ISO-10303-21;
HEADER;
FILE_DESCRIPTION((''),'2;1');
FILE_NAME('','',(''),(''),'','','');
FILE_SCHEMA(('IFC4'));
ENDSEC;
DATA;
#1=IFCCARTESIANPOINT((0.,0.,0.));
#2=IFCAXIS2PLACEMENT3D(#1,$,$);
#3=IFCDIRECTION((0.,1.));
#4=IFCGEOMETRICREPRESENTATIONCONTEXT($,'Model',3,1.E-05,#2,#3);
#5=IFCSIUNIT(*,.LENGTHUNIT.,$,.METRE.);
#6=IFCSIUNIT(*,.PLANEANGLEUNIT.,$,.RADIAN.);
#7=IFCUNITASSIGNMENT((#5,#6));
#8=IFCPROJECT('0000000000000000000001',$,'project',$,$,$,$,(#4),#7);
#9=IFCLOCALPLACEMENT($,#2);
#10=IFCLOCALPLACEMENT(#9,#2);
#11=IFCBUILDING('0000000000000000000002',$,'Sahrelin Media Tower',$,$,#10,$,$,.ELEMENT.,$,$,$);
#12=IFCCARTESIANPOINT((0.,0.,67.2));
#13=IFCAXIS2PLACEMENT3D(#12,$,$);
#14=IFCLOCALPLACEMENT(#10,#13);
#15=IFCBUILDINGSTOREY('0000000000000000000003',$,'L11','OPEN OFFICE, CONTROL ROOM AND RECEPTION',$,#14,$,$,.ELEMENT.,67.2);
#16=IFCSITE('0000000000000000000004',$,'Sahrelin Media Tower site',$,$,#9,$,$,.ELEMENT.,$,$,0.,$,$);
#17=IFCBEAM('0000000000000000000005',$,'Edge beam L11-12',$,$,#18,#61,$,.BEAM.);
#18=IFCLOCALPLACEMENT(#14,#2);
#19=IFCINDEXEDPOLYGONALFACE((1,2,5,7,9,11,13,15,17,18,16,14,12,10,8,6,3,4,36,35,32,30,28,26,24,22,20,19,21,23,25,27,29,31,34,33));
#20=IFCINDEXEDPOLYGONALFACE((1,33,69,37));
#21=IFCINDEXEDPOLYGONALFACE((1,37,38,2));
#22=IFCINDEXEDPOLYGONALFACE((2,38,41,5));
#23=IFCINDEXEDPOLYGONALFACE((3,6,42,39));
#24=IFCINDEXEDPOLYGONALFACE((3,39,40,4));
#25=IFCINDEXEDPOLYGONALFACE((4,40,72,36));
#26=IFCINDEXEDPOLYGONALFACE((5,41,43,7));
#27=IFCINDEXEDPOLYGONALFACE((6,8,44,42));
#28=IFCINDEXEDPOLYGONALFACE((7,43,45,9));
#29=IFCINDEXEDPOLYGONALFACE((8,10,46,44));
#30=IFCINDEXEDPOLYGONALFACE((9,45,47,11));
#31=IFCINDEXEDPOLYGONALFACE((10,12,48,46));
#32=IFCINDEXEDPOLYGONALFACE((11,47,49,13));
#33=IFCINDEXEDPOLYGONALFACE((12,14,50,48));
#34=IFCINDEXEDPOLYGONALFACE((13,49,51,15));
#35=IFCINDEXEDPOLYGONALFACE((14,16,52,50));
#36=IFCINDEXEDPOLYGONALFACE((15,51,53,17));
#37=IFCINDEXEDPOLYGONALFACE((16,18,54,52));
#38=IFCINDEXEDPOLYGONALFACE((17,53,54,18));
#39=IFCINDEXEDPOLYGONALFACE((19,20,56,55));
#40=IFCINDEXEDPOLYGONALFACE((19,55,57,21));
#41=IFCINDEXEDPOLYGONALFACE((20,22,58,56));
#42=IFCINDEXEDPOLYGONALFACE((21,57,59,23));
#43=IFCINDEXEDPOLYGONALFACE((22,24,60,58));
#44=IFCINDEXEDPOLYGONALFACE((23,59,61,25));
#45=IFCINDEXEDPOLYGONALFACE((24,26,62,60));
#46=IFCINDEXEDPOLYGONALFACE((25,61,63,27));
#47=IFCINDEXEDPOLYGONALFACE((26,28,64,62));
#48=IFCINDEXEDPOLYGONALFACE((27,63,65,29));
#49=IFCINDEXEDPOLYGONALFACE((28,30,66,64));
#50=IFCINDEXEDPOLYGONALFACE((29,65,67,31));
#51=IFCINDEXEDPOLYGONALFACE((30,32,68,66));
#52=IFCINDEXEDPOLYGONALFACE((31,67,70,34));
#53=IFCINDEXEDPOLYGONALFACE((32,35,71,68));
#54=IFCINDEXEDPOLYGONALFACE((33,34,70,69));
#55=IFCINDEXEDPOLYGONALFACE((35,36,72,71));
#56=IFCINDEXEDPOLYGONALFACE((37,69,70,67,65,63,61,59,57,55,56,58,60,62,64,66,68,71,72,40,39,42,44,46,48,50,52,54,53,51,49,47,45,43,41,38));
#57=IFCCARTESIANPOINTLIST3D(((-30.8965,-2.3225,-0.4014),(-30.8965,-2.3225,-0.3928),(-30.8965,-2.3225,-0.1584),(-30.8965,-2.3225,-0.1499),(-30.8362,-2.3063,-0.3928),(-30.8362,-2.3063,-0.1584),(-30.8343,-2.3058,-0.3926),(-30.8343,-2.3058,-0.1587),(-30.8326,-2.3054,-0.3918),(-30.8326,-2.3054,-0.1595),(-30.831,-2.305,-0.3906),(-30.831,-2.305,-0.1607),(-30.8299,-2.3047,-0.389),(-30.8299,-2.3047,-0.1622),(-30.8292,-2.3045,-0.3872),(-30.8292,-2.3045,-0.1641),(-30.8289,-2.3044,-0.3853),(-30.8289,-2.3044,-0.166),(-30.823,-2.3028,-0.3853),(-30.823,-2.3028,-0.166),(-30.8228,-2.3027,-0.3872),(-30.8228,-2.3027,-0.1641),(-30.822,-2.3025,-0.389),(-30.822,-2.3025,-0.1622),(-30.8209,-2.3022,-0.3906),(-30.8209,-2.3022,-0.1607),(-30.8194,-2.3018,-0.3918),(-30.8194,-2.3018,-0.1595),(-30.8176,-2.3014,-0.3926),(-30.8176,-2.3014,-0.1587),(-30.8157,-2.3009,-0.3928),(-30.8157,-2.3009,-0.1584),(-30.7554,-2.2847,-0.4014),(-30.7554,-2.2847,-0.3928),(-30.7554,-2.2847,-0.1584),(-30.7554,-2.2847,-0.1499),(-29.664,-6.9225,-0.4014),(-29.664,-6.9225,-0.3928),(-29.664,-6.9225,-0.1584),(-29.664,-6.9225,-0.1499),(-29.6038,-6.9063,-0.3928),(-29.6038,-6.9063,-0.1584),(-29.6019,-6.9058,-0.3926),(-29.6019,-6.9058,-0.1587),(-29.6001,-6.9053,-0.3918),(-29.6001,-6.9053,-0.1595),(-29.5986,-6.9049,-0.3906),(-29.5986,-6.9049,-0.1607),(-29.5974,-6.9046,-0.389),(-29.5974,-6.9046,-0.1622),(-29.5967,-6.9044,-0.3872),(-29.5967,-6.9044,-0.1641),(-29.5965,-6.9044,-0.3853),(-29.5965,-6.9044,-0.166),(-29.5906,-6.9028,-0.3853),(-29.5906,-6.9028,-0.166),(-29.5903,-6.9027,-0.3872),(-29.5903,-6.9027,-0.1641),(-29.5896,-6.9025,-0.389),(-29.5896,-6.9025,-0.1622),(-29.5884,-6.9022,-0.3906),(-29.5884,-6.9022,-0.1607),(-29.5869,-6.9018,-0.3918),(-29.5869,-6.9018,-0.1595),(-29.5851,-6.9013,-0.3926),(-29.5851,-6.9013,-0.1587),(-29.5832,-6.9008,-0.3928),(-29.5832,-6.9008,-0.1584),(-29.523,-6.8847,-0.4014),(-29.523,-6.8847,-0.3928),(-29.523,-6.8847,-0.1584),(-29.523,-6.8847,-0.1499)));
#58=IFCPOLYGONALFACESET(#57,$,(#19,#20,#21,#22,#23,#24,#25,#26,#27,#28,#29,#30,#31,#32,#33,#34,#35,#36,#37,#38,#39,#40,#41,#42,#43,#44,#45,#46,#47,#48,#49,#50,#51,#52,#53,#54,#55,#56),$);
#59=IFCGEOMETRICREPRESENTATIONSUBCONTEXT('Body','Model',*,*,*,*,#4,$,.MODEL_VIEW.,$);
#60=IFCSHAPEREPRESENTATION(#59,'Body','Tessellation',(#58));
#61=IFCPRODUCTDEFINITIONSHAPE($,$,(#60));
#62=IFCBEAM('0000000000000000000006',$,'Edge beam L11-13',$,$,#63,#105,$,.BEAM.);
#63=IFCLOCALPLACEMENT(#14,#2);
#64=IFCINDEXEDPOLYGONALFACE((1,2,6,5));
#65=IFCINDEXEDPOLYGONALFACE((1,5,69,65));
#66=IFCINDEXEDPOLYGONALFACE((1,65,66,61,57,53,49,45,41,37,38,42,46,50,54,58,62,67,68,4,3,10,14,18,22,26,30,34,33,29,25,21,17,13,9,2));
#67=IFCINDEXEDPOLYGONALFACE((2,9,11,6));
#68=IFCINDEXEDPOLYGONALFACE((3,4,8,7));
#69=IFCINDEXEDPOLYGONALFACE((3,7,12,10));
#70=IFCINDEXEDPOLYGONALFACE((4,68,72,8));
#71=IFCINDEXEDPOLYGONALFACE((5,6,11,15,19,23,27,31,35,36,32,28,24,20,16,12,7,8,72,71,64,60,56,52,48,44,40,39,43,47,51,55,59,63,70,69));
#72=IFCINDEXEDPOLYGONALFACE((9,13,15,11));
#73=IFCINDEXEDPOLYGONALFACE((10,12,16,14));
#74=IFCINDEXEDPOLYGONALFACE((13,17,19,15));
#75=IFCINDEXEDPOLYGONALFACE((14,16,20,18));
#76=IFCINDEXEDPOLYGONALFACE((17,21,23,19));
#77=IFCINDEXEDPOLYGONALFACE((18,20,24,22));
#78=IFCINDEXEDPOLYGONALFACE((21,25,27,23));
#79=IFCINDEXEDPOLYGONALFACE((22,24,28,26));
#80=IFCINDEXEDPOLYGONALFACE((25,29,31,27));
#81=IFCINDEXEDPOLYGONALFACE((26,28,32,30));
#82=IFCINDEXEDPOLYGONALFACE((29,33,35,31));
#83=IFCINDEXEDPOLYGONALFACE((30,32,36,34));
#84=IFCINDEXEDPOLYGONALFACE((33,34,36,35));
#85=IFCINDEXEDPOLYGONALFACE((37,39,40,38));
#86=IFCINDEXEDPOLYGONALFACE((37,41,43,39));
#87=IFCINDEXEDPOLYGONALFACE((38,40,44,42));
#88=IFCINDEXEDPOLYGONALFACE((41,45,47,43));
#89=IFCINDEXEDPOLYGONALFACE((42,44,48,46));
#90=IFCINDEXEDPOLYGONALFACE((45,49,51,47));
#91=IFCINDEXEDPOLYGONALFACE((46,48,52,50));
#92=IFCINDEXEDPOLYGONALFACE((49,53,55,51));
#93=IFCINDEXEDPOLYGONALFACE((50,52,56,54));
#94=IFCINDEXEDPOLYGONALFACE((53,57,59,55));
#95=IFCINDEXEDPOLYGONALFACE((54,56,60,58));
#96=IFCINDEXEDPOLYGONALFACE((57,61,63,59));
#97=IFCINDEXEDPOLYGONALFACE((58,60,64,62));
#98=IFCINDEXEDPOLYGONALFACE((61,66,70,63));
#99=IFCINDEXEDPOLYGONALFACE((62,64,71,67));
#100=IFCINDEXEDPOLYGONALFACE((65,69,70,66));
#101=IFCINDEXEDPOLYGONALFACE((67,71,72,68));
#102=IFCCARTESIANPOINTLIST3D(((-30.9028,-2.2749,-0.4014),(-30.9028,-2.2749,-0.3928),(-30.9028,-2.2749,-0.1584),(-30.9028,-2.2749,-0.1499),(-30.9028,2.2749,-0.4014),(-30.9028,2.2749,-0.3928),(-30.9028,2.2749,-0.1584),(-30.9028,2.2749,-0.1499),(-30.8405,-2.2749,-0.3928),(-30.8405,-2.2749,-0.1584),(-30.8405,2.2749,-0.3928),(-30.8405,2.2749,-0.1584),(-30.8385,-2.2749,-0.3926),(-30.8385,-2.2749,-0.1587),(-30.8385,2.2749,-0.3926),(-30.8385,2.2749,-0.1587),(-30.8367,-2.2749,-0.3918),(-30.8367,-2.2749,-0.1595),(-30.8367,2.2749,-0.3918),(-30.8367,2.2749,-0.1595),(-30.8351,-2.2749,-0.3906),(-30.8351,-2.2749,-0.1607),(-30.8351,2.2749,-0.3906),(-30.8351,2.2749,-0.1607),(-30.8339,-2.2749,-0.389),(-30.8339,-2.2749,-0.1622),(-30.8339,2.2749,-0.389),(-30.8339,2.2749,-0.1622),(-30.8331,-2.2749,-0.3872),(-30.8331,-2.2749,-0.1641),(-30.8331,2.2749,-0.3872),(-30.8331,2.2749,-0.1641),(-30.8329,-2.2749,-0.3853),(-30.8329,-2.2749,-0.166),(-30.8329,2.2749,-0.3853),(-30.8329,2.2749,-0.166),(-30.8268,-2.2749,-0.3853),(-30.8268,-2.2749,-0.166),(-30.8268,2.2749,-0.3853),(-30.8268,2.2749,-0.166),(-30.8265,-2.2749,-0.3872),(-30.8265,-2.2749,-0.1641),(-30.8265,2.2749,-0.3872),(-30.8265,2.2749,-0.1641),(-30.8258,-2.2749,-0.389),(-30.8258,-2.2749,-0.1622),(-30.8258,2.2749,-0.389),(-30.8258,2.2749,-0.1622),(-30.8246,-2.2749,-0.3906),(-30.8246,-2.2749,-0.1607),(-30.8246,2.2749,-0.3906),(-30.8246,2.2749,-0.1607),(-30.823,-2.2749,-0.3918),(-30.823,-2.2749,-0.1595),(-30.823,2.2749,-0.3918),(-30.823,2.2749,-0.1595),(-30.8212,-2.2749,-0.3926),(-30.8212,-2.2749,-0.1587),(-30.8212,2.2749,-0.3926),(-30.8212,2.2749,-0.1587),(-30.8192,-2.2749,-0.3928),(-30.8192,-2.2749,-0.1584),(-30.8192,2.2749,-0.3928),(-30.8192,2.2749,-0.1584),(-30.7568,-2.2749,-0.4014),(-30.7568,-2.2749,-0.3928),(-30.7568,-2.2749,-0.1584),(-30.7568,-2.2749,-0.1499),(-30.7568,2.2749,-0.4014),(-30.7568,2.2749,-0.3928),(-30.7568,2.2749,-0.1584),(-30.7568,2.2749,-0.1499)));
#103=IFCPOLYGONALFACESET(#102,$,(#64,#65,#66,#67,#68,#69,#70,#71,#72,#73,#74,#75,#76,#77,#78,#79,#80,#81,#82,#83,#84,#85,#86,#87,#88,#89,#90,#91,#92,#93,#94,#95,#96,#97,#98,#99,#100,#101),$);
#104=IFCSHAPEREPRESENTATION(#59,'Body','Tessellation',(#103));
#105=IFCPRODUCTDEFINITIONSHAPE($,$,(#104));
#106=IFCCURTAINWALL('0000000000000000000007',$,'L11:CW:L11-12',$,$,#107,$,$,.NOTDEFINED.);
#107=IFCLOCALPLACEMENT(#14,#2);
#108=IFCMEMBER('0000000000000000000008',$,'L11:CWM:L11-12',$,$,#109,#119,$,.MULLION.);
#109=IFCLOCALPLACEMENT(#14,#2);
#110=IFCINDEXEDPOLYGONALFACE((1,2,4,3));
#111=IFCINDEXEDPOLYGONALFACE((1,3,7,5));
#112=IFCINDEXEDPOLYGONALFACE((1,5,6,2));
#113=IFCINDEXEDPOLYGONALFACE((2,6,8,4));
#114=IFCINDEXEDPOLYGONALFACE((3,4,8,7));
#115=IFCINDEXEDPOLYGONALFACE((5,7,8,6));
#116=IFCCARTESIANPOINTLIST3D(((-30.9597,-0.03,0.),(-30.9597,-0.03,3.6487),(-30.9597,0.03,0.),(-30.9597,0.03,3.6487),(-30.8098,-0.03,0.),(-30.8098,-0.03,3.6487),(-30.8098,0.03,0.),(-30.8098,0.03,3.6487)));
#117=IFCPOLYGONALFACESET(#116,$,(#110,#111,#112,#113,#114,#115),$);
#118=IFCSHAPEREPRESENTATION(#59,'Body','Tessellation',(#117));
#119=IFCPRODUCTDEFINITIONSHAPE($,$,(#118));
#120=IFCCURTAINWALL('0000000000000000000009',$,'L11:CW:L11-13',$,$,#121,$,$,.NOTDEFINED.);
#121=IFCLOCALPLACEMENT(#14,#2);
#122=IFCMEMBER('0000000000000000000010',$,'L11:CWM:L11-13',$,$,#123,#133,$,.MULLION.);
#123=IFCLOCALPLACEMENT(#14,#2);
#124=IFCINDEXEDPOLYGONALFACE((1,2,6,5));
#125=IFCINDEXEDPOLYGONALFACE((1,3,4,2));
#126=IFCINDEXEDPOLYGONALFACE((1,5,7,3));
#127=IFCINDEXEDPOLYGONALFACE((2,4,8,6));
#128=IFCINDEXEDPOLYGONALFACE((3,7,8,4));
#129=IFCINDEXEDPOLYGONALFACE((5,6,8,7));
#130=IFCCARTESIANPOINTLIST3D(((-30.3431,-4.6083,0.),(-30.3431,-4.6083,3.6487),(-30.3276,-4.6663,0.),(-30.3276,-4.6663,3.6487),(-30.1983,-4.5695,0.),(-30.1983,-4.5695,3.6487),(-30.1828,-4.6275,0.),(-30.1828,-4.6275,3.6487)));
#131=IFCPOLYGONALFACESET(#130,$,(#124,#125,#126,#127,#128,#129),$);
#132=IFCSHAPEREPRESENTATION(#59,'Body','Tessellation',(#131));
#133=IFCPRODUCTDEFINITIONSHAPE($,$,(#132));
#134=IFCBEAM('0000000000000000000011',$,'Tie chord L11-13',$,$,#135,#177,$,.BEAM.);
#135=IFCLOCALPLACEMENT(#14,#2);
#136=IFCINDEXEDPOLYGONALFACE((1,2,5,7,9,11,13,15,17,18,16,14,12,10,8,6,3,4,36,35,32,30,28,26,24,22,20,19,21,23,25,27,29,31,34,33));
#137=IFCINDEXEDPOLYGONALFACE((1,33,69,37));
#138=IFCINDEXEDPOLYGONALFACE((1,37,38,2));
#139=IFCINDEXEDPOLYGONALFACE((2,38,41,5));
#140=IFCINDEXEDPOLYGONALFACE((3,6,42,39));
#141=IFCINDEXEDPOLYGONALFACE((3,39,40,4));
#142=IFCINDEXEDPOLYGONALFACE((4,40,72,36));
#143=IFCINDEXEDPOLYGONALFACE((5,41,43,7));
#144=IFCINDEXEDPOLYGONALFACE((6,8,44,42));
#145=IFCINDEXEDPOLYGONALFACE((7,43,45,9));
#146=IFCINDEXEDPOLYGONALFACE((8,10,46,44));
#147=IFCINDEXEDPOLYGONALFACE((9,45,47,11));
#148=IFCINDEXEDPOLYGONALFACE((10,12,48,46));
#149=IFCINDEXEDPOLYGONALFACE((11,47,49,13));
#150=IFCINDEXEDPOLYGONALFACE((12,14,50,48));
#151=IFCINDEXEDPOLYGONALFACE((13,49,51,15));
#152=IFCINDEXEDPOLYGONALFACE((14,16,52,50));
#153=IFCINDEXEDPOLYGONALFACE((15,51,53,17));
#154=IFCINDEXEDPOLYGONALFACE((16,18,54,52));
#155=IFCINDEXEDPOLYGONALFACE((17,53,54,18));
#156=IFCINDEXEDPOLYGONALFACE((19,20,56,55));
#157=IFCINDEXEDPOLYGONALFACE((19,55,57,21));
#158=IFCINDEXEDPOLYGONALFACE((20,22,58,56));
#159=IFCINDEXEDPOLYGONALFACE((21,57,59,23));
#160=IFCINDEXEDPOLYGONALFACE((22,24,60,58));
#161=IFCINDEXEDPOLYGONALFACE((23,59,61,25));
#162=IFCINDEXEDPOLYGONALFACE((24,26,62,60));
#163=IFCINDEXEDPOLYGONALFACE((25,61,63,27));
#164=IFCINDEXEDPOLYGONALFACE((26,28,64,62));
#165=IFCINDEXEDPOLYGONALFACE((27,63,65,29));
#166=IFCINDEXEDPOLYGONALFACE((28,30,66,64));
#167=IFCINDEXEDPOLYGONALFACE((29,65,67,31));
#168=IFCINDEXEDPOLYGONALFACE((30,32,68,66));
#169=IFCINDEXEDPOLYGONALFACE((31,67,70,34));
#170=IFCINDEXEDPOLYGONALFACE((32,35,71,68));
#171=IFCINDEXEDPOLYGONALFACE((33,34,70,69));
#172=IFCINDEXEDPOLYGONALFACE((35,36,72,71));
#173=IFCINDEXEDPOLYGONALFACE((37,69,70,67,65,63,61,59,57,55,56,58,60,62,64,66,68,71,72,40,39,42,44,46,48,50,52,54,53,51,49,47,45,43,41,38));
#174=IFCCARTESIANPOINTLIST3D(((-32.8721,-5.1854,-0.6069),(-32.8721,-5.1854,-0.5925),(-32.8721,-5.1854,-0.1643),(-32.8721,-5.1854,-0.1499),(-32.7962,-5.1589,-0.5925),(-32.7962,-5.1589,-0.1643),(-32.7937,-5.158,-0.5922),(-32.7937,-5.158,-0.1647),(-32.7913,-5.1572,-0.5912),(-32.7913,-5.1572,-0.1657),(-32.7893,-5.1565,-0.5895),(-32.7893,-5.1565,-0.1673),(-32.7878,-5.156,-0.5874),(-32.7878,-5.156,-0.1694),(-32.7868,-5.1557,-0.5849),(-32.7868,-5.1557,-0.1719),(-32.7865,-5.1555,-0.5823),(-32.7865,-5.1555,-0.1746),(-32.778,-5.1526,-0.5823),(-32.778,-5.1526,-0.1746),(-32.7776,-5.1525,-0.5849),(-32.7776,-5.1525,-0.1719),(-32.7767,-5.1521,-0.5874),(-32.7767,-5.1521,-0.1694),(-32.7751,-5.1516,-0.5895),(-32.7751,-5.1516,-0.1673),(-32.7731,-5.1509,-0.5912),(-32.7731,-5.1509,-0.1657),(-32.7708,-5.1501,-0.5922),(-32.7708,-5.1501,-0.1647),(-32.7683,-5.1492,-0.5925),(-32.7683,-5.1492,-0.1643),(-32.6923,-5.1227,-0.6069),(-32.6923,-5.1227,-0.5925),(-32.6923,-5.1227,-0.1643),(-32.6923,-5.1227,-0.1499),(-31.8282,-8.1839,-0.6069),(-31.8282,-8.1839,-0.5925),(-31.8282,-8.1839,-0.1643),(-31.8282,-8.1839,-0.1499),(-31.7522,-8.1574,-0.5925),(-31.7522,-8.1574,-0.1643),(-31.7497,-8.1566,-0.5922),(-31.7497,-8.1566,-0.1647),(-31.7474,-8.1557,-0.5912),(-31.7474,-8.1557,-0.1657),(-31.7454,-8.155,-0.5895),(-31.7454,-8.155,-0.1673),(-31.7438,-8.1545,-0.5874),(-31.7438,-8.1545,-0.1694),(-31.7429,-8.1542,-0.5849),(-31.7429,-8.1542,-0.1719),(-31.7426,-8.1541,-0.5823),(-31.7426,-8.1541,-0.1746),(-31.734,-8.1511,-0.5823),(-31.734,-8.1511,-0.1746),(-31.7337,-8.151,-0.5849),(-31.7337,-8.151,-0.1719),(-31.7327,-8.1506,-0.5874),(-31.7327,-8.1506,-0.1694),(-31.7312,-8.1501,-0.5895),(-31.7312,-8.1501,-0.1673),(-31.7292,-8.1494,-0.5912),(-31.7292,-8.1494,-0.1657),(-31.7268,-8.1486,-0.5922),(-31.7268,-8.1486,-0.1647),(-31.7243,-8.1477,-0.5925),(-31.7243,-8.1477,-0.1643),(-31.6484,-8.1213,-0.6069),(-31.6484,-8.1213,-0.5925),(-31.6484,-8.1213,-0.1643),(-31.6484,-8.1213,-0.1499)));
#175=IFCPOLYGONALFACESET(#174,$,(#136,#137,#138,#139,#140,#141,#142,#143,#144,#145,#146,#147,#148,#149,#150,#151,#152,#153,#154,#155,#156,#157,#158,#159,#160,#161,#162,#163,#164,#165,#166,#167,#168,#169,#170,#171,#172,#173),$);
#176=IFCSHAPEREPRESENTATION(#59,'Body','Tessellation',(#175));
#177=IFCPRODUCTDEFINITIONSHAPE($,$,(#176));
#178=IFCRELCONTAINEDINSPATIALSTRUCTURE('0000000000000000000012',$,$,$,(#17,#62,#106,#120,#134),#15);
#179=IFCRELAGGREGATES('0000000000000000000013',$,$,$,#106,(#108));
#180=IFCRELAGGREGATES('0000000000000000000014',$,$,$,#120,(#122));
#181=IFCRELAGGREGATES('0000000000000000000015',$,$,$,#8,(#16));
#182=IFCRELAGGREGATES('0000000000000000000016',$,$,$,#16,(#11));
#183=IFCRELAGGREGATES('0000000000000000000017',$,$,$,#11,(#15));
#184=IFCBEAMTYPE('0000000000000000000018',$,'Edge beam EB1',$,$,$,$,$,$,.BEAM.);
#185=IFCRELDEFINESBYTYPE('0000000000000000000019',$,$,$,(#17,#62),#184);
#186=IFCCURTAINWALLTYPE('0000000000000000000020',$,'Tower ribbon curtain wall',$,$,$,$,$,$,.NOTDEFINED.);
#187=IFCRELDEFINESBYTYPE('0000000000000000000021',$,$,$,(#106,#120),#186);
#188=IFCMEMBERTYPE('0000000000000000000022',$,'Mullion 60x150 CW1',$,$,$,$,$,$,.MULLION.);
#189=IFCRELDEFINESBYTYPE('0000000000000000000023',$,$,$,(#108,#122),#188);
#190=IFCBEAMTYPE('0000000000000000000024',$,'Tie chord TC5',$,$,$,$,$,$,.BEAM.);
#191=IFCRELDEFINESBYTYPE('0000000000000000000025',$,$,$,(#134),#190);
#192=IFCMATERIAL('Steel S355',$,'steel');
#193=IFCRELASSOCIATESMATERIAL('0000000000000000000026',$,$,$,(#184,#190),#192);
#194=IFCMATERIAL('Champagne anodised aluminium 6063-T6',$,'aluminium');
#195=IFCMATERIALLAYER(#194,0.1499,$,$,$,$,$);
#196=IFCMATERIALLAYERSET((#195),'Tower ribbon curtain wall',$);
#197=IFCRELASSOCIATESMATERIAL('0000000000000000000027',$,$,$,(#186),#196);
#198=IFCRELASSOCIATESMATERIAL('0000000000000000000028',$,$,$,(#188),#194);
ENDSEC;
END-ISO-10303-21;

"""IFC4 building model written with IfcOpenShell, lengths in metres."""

from ifc_helpers import new_model, si_unit, direction, frame, origin, origin_2d, place, context, subcontext, project, spatial, rectangle, i_section, extrude, material, layer, layer_set, material_profile, profile_set, type_object, element, aggregate, save


model = new_model("IFC4")

# Units and contexts
model_context = context("Model", 3, precision=1e-05, world=origin(), true_north=direction((0.0, 1.0)))
body_context = subcontext(model_context, "Body", "Model", "MODEL_VIEW")
ifc_project = project(units=[si_unit("LENGTHUNIT", "METRE"), si_unit("PLANEANGLEUNIT", "RADIAN")], contexts=[model_context])

# Site, building, storey
site_placement = place(None, origin())
site = spatial("IfcSite", under=ifc_project, at=site_placement, Name="Sahrelin Media Tower site", CompositionType="ELEMENT", RefElevation=0.0)
building_placement = place(site_placement, origin())
building = spatial("IfcBuilding", under=site, at=building_placement, Name="Sahrelin Media Tower", CompositionType="ELEMENT")
storey_placement = place(building_placement, frame((0.0, 0.0, 67.2)))
storey = spatial("IfcBuildingStorey", under=building, at=storey_placement, Name="L11", Description="OPEN OFFICE, CONTROL ROOM AND RECEPTION", CompositionType="ELEMENT", Elevation=67.2)

# Beams
ifc_material_1 = material(Name="Steel S355", Category="steel")
ifc_material_profile_1 = material_profile(ifc_material_1, i_section(OverallWidth=0.146, OverallDepth=0.2515, WebThickness=0.0061, FlangeThickness=0.0085, FilletRadius=0.0076, at=origin_2d()), Name="UB 254x146x31")
ifc_profile_set_1 = profile_set([ifc_material_profile_1], Name="Steel S355")
beam_type_1 = type_object("IfcBeamType", Name="Edge beam EB1", PredefinedType="BEAM", material=ifc_profile_set_1)
beam_1_placement = place(storey_placement, frame((-29.5935, -6.9036, -0.2756), z_axis=(-0.258798, 0.965931, 0.0), x_axis=(-0.965931, -0.258798, 0.0)))
element("IfcBeam", 1, at=beam_1_placement, inside=storey, type_object=beam_type_1, Name="Edge beam L11-12", PredefinedType="BEAM", context=body_context, shape_type="SweptSolid", body=[
    extrude(i_section(OverallWidth=0.146, OverallDepth=0.2515, WebThickness=0.0061, FlangeThickness=0.0085, FilletRadius=0.0076, at=origin_2d()), origin(), (0.0, 0.0, 1.0), 4.7622),
])
beam_2_placement = place(storey_placement, frame((-30.8298, -2.2749, -0.2756), z_axis=(0.0, 1.0, 0.0), x_axis=(-1.0, 0.0, 0.0)))
element("IfcBeam", 2, at=beam_2_placement, inside=storey, type_object=beam_type_1, Name="Edge beam L11-13", PredefinedType="BEAM", context=body_context, shape_type="SweptSolid", body=[
    extrude(i_section(OverallWidth=0.146, OverallDepth=0.2515, WebThickness=0.0061, FlangeThickness=0.0085, FilletRadius=0.0076, at=origin_2d()), origin(), (0.0, 0.0, 1.0), 4.5498),
])

# Curtain walls, members
ifc_material_2 = material(Name="Champagne anodised aluminium 6063-T6", Category="aluminium")
ifc_layer_1 = layer(ifc_material_2, 0.1499)
ifc_layer_set_1 = layer_set([ifc_layer_1], Name="Tower ribbon curtain wall")
curtain_wall_type = type_object("IfcCurtainWallType", Name="Tower ribbon curtain wall", PredefinedType="NOTDEFINED", material=ifc_layer_set_1)
curtain_wall_1_placement = place(storey_placement, frame((-30.9797, 0.0, 0.0), z_axis=(0.0, 0.0, 1.0), x_axis=(1.0, 0.0, 0.0)))
curtain_wall_1 = element("IfcCurtainWall", 3, at=curtain_wall_1_placement, inside=storey, type_object=curtain_wall_type, Name="L11:CW:L11-12", PredefinedType="NOTDEFINED")
ifc_material_profile_2 = material_profile(ifc_material_2, rectangle(XDim=0.0601, YDim=0.1499, at=origin_2d()), Name="Mullion 60x150")
ifc_profile_set_2 = profile_set([ifc_material_profile_2], Name="Champagne anodised aluminium 6063-T6")
member_type_1 = type_object("IfcMemberType", Name="Mullion 60x150 CW1", PredefinedType="MULLION", material=ifc_profile_set_2)
member_1_placement = place(storey_placement, frame((-30.8848, 0.0, 0.0), z_axis=(0.0, 0.0, 1.0), x_axis=(0.0, -1.0, 0.0)))
member_1 = element("IfcMember", 4, at=member_1_placement, type_object=member_type_1, Name="L11:CWM:L11-12", PredefinedType="MULLION", context=body_context, shape_type="SweptSolid", body=[
    extrude(rectangle(XDim=0.0601, YDim=0.1499, at=origin_2d()), origin(), (0.0, 0.0, 1.0), 3.6487),
])
aggregate(curtain_wall_1, [member_1])
curtain_wall_2_placement = place(storey_placement, frame((-30.3547, -4.6423, 0.0), z_axis=(0.0, 0.0, 1.0), x_axis=(1.0, 0.0, 0.0)))
curtain_wall_2 = element("IfcCurtainWall", 5, at=curtain_wall_2_placement, inside=storey, type_object=curtain_wall_type, Name="L11:CW:L11-13", PredefinedType="NOTDEFINED")
member_2_placement = place(storey_placement, frame((-30.2629, -4.6179, 0.0), z_axis=(0.0, 0.0, 1.0), x_axis=(0.258817, -0.965926, 0.0)))
member_2 = element("IfcMember", 6, at=member_2_placement, type_object=member_type_1, Name="L11:CWM:L11-13", PredefinedType="MULLION", context=body_context, shape_type="SweptSolid", body=[
    extrude(rectangle(XDim=0.0601, YDim=0.1499, at=origin_2d()), origin(), (0.0, 0.0, 1.0), 3.6487),
])

# Beam
ifc_material_profile_3 = material_profile(ifc_material_1, i_section(OverallWidth=0.1904, OverallDepth=0.457, WebThickness=0.009, FlangeThickness=0.0144, FilletRadius=0.0103, at=origin_2d()), Name="UB 457x191x74")
ifc_profile_set_3 = profile_set([ifc_material_profile_3], Name="Steel S355")
beam_type_2 = type_object("IfcBeamType", Name="Tie chord TC5", PredefinedType="BEAM", material=ifc_profile_set_3)
beam_3_placement = place(storey_placement, frame((-32.7822, -5.1541, -0.3784), z_axis=(0.328795, -0.944401, 0.0), x_axis=(0.944401, 0.328795, 0.0)))
element("IfcBeam", 7, at=beam_3_placement, inside=storey, type_object=beam_type_2, Name="Tie chord L11-13", PredefinedType="BEAM", context=body_context, shape_type="SweptSolid", body=[
    extrude(i_section(OverallWidth=0.1904, OverallDepth=0.457, WebThickness=0.009, FlangeThickness=0.0144, FilletRadius=0.0103, at=origin_2d()), origin(), (0.0, 0.0, 1.0), 3.175),
])

aggregate(curtain_wall_2, [member_2])

save(model, "model.ifc")
